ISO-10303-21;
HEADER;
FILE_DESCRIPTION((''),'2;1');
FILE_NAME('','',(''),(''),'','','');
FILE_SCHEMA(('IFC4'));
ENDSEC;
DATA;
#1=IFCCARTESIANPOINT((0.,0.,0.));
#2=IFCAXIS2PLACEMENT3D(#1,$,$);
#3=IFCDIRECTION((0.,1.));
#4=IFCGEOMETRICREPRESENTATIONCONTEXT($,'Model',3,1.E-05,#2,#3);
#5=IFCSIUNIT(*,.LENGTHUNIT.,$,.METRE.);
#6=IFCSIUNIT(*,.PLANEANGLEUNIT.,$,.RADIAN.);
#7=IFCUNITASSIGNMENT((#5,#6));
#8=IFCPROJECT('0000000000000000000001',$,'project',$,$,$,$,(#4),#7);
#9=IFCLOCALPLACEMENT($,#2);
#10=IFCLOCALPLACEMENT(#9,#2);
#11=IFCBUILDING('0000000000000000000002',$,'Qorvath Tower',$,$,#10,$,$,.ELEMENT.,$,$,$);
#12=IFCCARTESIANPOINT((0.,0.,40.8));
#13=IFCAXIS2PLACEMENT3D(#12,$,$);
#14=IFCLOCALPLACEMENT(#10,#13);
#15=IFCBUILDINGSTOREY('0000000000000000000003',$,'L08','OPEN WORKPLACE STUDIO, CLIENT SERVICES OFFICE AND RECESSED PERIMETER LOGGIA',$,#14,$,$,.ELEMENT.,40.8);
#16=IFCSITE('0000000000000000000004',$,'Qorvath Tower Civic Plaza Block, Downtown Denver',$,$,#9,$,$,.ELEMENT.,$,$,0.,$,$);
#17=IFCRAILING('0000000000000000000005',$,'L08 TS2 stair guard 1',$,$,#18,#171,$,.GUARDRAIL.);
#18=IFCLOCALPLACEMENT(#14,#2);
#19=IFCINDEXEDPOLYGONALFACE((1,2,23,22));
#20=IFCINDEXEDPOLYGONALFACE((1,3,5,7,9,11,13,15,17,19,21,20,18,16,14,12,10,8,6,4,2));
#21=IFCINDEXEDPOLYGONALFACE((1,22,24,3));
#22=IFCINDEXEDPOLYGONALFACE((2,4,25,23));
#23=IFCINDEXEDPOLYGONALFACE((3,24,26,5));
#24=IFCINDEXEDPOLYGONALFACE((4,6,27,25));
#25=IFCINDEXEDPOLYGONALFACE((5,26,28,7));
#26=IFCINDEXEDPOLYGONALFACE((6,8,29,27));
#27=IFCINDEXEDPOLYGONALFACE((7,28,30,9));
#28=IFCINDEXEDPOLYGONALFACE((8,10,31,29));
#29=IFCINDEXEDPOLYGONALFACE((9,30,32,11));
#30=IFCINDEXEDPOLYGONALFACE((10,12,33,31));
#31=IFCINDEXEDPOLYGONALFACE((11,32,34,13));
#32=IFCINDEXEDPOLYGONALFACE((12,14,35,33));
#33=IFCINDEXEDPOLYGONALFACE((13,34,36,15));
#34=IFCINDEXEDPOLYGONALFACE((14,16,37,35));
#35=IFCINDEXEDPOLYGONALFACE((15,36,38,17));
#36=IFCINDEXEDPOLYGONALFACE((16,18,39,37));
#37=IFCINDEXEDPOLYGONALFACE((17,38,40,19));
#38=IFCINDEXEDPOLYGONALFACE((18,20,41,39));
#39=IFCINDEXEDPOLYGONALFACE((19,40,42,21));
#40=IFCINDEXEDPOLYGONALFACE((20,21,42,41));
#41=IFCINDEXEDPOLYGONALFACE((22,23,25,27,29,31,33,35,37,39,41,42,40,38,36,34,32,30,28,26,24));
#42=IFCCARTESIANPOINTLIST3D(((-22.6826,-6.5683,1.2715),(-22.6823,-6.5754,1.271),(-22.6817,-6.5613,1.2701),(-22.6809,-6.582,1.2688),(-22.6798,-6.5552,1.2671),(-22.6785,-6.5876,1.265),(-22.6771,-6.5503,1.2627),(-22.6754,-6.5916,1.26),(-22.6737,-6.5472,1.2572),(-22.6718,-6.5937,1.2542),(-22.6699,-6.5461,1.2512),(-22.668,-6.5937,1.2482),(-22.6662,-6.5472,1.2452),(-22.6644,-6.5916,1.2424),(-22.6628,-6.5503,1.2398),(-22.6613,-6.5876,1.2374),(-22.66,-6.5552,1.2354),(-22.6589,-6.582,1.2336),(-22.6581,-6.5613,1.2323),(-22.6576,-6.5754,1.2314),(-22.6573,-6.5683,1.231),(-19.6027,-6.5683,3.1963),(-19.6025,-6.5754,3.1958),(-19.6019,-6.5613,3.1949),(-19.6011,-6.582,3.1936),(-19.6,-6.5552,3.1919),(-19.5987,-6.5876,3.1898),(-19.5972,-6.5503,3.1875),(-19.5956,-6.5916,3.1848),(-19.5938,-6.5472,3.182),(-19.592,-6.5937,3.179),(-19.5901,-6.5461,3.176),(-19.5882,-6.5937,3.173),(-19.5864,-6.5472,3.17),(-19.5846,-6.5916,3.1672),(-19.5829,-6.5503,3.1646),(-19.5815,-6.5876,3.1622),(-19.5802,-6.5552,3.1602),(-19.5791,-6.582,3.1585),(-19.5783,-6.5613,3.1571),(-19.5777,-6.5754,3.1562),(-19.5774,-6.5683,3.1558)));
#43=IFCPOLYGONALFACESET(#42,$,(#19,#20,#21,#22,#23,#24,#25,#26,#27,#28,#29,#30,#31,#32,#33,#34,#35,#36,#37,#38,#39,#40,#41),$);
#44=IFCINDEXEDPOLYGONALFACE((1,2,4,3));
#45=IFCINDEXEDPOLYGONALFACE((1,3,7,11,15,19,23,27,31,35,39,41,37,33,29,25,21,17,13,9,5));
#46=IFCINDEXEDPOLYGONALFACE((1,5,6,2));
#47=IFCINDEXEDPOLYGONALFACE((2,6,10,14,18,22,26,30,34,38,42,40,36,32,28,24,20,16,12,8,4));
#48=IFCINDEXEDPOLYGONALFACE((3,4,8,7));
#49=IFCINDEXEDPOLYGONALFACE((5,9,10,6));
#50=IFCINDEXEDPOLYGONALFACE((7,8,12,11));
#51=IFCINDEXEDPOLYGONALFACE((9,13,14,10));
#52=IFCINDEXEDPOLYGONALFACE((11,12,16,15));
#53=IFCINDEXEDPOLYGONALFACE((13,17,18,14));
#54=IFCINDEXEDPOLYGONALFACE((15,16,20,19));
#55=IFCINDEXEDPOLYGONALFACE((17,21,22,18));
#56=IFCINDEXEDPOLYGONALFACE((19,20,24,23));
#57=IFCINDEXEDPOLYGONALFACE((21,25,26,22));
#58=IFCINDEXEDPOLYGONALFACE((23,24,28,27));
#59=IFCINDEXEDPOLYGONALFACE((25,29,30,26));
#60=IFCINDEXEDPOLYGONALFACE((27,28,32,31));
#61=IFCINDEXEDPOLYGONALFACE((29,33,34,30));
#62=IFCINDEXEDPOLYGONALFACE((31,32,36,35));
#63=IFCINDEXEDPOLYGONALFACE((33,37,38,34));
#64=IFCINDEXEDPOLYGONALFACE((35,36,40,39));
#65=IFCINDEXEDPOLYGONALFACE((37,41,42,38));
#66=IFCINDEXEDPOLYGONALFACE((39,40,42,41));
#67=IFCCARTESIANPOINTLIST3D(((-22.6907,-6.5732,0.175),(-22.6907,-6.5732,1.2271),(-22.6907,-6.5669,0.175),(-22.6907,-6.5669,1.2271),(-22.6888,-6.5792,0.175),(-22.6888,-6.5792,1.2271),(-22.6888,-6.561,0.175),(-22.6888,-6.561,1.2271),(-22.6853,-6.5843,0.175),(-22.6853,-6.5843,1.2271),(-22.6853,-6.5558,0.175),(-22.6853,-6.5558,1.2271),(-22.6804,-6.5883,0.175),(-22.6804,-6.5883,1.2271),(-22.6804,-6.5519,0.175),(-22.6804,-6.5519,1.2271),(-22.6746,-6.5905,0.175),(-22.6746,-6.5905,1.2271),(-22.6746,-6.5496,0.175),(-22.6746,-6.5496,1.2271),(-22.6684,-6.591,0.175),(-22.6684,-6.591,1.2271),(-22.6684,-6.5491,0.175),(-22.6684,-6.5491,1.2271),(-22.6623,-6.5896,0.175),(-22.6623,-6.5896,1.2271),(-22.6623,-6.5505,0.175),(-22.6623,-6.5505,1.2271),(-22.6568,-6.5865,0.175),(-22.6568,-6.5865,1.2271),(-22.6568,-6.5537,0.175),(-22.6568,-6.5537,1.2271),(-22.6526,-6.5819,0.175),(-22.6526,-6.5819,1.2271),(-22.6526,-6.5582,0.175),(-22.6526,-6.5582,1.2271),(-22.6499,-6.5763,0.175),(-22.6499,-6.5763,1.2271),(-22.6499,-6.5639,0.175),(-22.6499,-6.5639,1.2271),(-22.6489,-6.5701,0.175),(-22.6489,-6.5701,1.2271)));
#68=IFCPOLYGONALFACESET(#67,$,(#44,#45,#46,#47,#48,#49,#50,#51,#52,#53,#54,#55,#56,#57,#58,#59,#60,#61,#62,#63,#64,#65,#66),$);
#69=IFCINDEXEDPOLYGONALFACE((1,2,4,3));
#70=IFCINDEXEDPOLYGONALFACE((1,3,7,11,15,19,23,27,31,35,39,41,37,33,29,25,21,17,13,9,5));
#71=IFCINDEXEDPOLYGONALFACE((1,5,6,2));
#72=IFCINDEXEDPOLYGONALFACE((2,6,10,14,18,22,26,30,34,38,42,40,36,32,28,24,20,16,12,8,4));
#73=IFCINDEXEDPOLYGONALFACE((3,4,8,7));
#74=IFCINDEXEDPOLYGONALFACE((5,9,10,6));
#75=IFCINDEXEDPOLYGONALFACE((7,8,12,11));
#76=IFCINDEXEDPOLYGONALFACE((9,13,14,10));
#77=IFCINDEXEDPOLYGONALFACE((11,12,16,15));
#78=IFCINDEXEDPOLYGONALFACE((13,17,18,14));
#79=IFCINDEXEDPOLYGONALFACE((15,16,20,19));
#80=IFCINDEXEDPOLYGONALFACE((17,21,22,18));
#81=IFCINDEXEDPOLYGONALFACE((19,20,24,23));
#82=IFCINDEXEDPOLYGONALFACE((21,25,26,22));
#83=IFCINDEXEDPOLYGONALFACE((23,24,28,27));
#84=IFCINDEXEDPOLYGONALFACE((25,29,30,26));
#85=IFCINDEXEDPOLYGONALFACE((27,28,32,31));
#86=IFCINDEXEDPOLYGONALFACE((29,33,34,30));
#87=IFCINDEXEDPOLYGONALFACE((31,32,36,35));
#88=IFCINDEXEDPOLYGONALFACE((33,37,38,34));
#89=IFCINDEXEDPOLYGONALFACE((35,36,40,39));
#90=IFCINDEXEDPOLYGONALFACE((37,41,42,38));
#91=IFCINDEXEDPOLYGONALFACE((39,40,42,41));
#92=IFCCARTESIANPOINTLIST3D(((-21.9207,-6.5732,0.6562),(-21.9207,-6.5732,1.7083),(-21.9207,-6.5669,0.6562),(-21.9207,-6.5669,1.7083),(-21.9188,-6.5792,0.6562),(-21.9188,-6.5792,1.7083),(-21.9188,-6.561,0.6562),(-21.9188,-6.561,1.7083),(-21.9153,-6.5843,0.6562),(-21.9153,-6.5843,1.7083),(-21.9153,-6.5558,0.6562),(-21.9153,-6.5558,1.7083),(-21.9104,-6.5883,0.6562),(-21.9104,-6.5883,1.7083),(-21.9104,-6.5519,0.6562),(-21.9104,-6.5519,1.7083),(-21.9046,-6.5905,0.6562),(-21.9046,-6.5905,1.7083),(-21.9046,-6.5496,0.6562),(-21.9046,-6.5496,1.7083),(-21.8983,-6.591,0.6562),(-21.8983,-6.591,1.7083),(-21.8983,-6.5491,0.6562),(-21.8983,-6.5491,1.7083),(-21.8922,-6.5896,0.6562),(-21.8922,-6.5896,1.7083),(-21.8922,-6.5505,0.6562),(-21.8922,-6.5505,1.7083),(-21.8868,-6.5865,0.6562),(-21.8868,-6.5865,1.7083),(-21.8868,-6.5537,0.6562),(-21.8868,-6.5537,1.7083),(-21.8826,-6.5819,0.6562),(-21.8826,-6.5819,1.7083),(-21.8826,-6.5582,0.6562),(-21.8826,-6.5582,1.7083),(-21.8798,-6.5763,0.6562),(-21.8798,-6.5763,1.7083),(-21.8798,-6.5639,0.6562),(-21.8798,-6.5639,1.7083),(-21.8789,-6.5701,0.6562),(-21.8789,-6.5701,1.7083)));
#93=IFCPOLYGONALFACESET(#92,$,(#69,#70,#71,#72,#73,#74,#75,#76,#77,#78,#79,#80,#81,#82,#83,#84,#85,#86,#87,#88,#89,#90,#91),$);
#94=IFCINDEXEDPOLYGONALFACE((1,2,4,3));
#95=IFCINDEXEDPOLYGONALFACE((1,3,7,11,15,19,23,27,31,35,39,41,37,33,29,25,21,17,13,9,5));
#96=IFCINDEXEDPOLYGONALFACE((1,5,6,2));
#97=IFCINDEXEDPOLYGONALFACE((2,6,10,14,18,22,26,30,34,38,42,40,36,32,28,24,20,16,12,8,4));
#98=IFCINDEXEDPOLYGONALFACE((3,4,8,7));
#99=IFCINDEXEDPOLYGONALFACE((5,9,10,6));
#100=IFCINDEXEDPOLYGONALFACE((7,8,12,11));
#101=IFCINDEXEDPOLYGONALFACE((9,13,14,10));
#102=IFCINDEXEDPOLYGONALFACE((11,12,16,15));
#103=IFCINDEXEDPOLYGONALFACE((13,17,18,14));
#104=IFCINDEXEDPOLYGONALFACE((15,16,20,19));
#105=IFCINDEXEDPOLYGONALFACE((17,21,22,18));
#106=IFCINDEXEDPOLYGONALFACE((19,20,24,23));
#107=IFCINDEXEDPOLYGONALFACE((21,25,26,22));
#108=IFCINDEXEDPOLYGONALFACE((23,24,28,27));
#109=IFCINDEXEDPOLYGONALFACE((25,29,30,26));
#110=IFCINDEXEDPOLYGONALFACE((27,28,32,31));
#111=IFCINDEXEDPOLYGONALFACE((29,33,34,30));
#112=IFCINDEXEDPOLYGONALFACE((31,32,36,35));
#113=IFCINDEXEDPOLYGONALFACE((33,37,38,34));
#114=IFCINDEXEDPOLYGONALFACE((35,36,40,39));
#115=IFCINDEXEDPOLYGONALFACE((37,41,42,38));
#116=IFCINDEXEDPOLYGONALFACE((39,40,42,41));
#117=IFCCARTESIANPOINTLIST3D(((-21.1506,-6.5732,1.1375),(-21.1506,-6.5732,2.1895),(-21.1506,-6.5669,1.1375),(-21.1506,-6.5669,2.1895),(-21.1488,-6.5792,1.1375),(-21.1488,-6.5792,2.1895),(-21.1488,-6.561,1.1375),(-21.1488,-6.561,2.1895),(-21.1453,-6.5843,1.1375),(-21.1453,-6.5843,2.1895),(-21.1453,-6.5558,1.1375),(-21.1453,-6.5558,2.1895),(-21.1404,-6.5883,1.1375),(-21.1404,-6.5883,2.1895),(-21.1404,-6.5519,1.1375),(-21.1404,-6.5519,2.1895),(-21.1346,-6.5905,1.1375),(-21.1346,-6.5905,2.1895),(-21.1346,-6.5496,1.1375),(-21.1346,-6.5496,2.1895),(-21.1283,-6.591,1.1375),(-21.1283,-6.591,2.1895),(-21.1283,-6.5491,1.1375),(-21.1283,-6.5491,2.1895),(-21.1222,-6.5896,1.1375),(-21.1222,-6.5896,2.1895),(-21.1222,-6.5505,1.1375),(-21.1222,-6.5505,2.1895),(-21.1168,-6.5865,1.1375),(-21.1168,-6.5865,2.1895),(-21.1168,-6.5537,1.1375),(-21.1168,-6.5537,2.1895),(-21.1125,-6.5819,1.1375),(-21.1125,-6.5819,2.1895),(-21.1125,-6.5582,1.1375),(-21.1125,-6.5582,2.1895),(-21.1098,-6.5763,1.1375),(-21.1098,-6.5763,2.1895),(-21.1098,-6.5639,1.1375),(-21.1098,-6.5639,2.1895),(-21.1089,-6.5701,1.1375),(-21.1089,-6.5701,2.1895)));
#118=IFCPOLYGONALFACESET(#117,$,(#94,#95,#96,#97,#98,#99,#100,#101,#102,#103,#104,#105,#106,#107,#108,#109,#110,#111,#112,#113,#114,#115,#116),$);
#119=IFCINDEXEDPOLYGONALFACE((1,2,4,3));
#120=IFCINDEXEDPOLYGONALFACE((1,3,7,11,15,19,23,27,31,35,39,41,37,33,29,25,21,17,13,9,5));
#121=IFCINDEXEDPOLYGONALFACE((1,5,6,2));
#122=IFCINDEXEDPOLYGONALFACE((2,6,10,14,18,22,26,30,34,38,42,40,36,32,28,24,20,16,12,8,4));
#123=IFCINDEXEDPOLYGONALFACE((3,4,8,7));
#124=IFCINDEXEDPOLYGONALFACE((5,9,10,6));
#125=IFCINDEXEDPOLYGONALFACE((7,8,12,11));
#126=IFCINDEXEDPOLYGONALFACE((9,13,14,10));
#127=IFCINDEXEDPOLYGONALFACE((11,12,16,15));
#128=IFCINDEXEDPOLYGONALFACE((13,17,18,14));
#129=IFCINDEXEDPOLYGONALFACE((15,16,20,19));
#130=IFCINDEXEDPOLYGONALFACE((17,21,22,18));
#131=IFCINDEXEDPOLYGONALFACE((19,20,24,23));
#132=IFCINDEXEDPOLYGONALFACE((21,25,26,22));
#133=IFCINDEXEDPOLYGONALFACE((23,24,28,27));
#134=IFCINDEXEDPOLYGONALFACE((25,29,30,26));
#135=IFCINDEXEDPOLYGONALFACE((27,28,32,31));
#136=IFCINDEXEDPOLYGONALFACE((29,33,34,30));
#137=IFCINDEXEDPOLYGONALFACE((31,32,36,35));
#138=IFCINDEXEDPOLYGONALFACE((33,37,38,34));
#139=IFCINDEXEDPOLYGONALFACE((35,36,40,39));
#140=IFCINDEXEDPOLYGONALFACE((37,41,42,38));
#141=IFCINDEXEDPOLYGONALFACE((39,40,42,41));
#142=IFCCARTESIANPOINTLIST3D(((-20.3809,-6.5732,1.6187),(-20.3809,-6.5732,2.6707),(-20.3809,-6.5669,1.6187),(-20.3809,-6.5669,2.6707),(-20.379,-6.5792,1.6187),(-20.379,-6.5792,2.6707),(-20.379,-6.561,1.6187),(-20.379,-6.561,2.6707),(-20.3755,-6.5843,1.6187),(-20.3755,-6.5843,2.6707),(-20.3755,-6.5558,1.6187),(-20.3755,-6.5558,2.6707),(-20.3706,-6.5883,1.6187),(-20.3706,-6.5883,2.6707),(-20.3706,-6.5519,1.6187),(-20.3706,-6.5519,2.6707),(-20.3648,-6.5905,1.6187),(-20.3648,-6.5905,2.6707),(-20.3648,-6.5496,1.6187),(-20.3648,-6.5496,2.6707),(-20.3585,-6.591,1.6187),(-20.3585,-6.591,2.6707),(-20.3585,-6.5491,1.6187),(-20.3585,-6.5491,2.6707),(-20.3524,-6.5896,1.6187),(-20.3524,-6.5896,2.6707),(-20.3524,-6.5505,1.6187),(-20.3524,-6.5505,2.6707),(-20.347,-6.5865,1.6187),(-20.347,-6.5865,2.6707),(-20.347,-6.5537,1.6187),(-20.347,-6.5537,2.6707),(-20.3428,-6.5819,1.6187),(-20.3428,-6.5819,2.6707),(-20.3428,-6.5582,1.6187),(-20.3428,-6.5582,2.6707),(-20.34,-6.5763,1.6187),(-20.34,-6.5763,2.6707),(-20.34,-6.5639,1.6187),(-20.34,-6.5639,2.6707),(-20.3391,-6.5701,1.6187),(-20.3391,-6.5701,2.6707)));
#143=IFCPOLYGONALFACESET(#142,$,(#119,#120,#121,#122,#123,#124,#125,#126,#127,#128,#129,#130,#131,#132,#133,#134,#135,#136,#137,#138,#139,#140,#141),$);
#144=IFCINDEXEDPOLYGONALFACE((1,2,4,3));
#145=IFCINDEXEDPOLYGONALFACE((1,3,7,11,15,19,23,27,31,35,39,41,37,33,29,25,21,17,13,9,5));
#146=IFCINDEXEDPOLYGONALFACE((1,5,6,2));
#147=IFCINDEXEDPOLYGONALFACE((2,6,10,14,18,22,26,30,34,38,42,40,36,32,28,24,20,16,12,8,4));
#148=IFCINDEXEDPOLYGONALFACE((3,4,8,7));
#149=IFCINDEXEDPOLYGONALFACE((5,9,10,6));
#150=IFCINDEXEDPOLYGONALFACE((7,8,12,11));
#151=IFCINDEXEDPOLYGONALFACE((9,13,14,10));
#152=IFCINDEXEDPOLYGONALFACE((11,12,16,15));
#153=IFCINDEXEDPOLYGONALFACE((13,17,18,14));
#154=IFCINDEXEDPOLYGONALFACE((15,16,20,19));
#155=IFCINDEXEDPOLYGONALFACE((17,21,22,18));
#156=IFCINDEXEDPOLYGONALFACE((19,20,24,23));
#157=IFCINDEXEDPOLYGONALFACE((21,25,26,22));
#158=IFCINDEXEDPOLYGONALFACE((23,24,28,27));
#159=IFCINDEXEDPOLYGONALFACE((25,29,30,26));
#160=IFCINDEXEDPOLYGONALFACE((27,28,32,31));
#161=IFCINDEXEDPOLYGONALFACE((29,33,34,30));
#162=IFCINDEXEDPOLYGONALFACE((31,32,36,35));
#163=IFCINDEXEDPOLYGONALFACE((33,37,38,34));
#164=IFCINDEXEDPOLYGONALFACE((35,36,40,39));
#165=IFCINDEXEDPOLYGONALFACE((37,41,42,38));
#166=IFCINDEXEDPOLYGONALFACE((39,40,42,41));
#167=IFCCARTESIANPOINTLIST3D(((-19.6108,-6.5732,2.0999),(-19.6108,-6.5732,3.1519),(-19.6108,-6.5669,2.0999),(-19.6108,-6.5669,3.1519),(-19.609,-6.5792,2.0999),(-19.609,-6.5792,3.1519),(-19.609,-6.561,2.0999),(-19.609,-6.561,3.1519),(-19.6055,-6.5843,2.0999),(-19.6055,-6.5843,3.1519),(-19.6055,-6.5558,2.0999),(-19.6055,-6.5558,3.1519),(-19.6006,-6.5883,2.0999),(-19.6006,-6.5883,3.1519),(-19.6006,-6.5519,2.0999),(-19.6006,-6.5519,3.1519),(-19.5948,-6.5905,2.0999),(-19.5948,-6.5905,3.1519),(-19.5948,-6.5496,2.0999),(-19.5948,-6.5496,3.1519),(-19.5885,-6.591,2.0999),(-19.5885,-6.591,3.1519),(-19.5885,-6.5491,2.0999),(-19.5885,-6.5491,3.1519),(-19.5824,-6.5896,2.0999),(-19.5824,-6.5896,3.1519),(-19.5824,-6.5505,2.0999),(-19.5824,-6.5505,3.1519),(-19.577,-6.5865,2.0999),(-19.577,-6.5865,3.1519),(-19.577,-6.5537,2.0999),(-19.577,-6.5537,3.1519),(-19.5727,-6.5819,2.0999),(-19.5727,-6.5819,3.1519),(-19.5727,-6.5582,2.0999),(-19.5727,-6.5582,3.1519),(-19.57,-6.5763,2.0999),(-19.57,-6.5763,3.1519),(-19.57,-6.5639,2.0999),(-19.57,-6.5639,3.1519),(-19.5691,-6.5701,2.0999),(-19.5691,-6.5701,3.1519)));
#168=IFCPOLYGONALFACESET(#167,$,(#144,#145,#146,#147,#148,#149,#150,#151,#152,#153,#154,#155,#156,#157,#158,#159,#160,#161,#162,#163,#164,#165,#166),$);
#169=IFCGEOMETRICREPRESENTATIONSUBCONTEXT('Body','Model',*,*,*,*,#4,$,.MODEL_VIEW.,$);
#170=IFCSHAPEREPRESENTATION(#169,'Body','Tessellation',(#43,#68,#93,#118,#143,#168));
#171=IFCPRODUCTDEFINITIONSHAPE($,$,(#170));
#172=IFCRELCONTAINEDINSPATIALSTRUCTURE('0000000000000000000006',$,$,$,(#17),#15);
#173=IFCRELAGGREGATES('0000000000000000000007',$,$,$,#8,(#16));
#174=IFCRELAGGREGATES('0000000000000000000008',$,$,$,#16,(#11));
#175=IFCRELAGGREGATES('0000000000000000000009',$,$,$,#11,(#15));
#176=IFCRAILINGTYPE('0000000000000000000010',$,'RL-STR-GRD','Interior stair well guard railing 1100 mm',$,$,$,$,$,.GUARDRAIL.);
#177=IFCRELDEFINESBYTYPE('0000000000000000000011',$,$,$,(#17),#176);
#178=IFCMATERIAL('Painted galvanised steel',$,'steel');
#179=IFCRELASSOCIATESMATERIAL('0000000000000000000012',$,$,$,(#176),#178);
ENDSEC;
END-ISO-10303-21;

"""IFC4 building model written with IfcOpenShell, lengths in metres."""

from ifc_helpers import new_model, si_unit, direction, frame, origin, origin_2d, place, context, subcontext, project, spatial, circle, extrude, material, type_object, element, save


model = new_model("IFC4")

# Units and contexts
model_context = context("Model", 3, precision=1e-05, world=origin(), true_north=direction((0.0, 1.0)))
body_context = subcontext(model_context, "Body", "Model", "MODEL_VIEW")
ifc_project = project(units=[si_unit("LENGTHUNIT", "METRE"), si_unit("PLANEANGLEUNIT", "RADIAN")], contexts=[model_context])

# Site, building, storey
site_placement = place(None, origin())
site = spatial("IfcSite", under=ifc_project, at=site_placement, Name="Qorvath Tower Civic Plaza Block, Downtown Denver", CompositionType="ELEMENT", RefElevation=0.0)
building_placement = place(site_placement, origin())
building = spatial("IfcBuilding", under=site, at=building_placement, Name="Qorvath Tower", CompositionType="ELEMENT")
storey_placement = place(building_placement, frame((0.0, 0.0, 40.8)))
storey = spatial("IfcBuildingStorey", under=building, at=storey_placement, Name="L08", Description="OPEN WORKPLACE STUDIO, CLIENT SERVICES OFFICE AND RECESSED PERIMETER LOGGIA", CompositionType="ELEMENT", Elevation=40.8)

# Railing
ifc_material_1 = material(Name="Painted galvanised steel", Category="steel")
railing_type_1 = type_object("IfcRailingType", Name="RL-STR-GRD", Description="Interior stair well guard railing 1100 mm", PredefinedType="GUARDRAIL", material=ifc_material_1)
railing_1_placement = place(storey_placement, frame((-22.6699, -6.5701, 0.175)))
element("IfcRailing", 1, at=railing_1_placement, inside=storey, type_object=railing_type_1, Name="L08 TS2 stair guard 1", PredefinedType="GUARDRAIL", context=body_context, shape_type="SweptSolid", body=[
    extrude(circle(Radius=0.0239, at=origin_2d()), frame((0.0, 0.0, 1.0762), z_axis=(0.84801, 0.0, 0.529981), x_axis=(0.0, 1.0, 0.0)), (0.0, 0.0, 1.0), 3.6318),
    extrude(circle(Radius=0.021, at=origin_2d()), origin(), (0.0, 0.0, 1.0), 1.052),
    extrude(circle(Radius=0.021, at=origin_2d()), frame((0.77, 0.0, 0.4812)), (0.0, 0.0, 1.0), 1.052),
    extrude(circle(Radius=0.021, at=origin_2d()), frame((1.54, 0.0, 0.9624)), (0.0, 0.0, 1.0), 1.052),
    extrude(circle(Radius=0.021, at=origin_2d()), frame((2.3098, 0.0, 1.4436)), (0.0, 0.0, 1.0), 1.052),
    extrude(circle(Radius=0.021, at=origin_2d()), frame((3.0798, 0.0, 1.9248)), (0.0, 0.0, 1.0), 1.052),
])

save(model, "model.ifc")
